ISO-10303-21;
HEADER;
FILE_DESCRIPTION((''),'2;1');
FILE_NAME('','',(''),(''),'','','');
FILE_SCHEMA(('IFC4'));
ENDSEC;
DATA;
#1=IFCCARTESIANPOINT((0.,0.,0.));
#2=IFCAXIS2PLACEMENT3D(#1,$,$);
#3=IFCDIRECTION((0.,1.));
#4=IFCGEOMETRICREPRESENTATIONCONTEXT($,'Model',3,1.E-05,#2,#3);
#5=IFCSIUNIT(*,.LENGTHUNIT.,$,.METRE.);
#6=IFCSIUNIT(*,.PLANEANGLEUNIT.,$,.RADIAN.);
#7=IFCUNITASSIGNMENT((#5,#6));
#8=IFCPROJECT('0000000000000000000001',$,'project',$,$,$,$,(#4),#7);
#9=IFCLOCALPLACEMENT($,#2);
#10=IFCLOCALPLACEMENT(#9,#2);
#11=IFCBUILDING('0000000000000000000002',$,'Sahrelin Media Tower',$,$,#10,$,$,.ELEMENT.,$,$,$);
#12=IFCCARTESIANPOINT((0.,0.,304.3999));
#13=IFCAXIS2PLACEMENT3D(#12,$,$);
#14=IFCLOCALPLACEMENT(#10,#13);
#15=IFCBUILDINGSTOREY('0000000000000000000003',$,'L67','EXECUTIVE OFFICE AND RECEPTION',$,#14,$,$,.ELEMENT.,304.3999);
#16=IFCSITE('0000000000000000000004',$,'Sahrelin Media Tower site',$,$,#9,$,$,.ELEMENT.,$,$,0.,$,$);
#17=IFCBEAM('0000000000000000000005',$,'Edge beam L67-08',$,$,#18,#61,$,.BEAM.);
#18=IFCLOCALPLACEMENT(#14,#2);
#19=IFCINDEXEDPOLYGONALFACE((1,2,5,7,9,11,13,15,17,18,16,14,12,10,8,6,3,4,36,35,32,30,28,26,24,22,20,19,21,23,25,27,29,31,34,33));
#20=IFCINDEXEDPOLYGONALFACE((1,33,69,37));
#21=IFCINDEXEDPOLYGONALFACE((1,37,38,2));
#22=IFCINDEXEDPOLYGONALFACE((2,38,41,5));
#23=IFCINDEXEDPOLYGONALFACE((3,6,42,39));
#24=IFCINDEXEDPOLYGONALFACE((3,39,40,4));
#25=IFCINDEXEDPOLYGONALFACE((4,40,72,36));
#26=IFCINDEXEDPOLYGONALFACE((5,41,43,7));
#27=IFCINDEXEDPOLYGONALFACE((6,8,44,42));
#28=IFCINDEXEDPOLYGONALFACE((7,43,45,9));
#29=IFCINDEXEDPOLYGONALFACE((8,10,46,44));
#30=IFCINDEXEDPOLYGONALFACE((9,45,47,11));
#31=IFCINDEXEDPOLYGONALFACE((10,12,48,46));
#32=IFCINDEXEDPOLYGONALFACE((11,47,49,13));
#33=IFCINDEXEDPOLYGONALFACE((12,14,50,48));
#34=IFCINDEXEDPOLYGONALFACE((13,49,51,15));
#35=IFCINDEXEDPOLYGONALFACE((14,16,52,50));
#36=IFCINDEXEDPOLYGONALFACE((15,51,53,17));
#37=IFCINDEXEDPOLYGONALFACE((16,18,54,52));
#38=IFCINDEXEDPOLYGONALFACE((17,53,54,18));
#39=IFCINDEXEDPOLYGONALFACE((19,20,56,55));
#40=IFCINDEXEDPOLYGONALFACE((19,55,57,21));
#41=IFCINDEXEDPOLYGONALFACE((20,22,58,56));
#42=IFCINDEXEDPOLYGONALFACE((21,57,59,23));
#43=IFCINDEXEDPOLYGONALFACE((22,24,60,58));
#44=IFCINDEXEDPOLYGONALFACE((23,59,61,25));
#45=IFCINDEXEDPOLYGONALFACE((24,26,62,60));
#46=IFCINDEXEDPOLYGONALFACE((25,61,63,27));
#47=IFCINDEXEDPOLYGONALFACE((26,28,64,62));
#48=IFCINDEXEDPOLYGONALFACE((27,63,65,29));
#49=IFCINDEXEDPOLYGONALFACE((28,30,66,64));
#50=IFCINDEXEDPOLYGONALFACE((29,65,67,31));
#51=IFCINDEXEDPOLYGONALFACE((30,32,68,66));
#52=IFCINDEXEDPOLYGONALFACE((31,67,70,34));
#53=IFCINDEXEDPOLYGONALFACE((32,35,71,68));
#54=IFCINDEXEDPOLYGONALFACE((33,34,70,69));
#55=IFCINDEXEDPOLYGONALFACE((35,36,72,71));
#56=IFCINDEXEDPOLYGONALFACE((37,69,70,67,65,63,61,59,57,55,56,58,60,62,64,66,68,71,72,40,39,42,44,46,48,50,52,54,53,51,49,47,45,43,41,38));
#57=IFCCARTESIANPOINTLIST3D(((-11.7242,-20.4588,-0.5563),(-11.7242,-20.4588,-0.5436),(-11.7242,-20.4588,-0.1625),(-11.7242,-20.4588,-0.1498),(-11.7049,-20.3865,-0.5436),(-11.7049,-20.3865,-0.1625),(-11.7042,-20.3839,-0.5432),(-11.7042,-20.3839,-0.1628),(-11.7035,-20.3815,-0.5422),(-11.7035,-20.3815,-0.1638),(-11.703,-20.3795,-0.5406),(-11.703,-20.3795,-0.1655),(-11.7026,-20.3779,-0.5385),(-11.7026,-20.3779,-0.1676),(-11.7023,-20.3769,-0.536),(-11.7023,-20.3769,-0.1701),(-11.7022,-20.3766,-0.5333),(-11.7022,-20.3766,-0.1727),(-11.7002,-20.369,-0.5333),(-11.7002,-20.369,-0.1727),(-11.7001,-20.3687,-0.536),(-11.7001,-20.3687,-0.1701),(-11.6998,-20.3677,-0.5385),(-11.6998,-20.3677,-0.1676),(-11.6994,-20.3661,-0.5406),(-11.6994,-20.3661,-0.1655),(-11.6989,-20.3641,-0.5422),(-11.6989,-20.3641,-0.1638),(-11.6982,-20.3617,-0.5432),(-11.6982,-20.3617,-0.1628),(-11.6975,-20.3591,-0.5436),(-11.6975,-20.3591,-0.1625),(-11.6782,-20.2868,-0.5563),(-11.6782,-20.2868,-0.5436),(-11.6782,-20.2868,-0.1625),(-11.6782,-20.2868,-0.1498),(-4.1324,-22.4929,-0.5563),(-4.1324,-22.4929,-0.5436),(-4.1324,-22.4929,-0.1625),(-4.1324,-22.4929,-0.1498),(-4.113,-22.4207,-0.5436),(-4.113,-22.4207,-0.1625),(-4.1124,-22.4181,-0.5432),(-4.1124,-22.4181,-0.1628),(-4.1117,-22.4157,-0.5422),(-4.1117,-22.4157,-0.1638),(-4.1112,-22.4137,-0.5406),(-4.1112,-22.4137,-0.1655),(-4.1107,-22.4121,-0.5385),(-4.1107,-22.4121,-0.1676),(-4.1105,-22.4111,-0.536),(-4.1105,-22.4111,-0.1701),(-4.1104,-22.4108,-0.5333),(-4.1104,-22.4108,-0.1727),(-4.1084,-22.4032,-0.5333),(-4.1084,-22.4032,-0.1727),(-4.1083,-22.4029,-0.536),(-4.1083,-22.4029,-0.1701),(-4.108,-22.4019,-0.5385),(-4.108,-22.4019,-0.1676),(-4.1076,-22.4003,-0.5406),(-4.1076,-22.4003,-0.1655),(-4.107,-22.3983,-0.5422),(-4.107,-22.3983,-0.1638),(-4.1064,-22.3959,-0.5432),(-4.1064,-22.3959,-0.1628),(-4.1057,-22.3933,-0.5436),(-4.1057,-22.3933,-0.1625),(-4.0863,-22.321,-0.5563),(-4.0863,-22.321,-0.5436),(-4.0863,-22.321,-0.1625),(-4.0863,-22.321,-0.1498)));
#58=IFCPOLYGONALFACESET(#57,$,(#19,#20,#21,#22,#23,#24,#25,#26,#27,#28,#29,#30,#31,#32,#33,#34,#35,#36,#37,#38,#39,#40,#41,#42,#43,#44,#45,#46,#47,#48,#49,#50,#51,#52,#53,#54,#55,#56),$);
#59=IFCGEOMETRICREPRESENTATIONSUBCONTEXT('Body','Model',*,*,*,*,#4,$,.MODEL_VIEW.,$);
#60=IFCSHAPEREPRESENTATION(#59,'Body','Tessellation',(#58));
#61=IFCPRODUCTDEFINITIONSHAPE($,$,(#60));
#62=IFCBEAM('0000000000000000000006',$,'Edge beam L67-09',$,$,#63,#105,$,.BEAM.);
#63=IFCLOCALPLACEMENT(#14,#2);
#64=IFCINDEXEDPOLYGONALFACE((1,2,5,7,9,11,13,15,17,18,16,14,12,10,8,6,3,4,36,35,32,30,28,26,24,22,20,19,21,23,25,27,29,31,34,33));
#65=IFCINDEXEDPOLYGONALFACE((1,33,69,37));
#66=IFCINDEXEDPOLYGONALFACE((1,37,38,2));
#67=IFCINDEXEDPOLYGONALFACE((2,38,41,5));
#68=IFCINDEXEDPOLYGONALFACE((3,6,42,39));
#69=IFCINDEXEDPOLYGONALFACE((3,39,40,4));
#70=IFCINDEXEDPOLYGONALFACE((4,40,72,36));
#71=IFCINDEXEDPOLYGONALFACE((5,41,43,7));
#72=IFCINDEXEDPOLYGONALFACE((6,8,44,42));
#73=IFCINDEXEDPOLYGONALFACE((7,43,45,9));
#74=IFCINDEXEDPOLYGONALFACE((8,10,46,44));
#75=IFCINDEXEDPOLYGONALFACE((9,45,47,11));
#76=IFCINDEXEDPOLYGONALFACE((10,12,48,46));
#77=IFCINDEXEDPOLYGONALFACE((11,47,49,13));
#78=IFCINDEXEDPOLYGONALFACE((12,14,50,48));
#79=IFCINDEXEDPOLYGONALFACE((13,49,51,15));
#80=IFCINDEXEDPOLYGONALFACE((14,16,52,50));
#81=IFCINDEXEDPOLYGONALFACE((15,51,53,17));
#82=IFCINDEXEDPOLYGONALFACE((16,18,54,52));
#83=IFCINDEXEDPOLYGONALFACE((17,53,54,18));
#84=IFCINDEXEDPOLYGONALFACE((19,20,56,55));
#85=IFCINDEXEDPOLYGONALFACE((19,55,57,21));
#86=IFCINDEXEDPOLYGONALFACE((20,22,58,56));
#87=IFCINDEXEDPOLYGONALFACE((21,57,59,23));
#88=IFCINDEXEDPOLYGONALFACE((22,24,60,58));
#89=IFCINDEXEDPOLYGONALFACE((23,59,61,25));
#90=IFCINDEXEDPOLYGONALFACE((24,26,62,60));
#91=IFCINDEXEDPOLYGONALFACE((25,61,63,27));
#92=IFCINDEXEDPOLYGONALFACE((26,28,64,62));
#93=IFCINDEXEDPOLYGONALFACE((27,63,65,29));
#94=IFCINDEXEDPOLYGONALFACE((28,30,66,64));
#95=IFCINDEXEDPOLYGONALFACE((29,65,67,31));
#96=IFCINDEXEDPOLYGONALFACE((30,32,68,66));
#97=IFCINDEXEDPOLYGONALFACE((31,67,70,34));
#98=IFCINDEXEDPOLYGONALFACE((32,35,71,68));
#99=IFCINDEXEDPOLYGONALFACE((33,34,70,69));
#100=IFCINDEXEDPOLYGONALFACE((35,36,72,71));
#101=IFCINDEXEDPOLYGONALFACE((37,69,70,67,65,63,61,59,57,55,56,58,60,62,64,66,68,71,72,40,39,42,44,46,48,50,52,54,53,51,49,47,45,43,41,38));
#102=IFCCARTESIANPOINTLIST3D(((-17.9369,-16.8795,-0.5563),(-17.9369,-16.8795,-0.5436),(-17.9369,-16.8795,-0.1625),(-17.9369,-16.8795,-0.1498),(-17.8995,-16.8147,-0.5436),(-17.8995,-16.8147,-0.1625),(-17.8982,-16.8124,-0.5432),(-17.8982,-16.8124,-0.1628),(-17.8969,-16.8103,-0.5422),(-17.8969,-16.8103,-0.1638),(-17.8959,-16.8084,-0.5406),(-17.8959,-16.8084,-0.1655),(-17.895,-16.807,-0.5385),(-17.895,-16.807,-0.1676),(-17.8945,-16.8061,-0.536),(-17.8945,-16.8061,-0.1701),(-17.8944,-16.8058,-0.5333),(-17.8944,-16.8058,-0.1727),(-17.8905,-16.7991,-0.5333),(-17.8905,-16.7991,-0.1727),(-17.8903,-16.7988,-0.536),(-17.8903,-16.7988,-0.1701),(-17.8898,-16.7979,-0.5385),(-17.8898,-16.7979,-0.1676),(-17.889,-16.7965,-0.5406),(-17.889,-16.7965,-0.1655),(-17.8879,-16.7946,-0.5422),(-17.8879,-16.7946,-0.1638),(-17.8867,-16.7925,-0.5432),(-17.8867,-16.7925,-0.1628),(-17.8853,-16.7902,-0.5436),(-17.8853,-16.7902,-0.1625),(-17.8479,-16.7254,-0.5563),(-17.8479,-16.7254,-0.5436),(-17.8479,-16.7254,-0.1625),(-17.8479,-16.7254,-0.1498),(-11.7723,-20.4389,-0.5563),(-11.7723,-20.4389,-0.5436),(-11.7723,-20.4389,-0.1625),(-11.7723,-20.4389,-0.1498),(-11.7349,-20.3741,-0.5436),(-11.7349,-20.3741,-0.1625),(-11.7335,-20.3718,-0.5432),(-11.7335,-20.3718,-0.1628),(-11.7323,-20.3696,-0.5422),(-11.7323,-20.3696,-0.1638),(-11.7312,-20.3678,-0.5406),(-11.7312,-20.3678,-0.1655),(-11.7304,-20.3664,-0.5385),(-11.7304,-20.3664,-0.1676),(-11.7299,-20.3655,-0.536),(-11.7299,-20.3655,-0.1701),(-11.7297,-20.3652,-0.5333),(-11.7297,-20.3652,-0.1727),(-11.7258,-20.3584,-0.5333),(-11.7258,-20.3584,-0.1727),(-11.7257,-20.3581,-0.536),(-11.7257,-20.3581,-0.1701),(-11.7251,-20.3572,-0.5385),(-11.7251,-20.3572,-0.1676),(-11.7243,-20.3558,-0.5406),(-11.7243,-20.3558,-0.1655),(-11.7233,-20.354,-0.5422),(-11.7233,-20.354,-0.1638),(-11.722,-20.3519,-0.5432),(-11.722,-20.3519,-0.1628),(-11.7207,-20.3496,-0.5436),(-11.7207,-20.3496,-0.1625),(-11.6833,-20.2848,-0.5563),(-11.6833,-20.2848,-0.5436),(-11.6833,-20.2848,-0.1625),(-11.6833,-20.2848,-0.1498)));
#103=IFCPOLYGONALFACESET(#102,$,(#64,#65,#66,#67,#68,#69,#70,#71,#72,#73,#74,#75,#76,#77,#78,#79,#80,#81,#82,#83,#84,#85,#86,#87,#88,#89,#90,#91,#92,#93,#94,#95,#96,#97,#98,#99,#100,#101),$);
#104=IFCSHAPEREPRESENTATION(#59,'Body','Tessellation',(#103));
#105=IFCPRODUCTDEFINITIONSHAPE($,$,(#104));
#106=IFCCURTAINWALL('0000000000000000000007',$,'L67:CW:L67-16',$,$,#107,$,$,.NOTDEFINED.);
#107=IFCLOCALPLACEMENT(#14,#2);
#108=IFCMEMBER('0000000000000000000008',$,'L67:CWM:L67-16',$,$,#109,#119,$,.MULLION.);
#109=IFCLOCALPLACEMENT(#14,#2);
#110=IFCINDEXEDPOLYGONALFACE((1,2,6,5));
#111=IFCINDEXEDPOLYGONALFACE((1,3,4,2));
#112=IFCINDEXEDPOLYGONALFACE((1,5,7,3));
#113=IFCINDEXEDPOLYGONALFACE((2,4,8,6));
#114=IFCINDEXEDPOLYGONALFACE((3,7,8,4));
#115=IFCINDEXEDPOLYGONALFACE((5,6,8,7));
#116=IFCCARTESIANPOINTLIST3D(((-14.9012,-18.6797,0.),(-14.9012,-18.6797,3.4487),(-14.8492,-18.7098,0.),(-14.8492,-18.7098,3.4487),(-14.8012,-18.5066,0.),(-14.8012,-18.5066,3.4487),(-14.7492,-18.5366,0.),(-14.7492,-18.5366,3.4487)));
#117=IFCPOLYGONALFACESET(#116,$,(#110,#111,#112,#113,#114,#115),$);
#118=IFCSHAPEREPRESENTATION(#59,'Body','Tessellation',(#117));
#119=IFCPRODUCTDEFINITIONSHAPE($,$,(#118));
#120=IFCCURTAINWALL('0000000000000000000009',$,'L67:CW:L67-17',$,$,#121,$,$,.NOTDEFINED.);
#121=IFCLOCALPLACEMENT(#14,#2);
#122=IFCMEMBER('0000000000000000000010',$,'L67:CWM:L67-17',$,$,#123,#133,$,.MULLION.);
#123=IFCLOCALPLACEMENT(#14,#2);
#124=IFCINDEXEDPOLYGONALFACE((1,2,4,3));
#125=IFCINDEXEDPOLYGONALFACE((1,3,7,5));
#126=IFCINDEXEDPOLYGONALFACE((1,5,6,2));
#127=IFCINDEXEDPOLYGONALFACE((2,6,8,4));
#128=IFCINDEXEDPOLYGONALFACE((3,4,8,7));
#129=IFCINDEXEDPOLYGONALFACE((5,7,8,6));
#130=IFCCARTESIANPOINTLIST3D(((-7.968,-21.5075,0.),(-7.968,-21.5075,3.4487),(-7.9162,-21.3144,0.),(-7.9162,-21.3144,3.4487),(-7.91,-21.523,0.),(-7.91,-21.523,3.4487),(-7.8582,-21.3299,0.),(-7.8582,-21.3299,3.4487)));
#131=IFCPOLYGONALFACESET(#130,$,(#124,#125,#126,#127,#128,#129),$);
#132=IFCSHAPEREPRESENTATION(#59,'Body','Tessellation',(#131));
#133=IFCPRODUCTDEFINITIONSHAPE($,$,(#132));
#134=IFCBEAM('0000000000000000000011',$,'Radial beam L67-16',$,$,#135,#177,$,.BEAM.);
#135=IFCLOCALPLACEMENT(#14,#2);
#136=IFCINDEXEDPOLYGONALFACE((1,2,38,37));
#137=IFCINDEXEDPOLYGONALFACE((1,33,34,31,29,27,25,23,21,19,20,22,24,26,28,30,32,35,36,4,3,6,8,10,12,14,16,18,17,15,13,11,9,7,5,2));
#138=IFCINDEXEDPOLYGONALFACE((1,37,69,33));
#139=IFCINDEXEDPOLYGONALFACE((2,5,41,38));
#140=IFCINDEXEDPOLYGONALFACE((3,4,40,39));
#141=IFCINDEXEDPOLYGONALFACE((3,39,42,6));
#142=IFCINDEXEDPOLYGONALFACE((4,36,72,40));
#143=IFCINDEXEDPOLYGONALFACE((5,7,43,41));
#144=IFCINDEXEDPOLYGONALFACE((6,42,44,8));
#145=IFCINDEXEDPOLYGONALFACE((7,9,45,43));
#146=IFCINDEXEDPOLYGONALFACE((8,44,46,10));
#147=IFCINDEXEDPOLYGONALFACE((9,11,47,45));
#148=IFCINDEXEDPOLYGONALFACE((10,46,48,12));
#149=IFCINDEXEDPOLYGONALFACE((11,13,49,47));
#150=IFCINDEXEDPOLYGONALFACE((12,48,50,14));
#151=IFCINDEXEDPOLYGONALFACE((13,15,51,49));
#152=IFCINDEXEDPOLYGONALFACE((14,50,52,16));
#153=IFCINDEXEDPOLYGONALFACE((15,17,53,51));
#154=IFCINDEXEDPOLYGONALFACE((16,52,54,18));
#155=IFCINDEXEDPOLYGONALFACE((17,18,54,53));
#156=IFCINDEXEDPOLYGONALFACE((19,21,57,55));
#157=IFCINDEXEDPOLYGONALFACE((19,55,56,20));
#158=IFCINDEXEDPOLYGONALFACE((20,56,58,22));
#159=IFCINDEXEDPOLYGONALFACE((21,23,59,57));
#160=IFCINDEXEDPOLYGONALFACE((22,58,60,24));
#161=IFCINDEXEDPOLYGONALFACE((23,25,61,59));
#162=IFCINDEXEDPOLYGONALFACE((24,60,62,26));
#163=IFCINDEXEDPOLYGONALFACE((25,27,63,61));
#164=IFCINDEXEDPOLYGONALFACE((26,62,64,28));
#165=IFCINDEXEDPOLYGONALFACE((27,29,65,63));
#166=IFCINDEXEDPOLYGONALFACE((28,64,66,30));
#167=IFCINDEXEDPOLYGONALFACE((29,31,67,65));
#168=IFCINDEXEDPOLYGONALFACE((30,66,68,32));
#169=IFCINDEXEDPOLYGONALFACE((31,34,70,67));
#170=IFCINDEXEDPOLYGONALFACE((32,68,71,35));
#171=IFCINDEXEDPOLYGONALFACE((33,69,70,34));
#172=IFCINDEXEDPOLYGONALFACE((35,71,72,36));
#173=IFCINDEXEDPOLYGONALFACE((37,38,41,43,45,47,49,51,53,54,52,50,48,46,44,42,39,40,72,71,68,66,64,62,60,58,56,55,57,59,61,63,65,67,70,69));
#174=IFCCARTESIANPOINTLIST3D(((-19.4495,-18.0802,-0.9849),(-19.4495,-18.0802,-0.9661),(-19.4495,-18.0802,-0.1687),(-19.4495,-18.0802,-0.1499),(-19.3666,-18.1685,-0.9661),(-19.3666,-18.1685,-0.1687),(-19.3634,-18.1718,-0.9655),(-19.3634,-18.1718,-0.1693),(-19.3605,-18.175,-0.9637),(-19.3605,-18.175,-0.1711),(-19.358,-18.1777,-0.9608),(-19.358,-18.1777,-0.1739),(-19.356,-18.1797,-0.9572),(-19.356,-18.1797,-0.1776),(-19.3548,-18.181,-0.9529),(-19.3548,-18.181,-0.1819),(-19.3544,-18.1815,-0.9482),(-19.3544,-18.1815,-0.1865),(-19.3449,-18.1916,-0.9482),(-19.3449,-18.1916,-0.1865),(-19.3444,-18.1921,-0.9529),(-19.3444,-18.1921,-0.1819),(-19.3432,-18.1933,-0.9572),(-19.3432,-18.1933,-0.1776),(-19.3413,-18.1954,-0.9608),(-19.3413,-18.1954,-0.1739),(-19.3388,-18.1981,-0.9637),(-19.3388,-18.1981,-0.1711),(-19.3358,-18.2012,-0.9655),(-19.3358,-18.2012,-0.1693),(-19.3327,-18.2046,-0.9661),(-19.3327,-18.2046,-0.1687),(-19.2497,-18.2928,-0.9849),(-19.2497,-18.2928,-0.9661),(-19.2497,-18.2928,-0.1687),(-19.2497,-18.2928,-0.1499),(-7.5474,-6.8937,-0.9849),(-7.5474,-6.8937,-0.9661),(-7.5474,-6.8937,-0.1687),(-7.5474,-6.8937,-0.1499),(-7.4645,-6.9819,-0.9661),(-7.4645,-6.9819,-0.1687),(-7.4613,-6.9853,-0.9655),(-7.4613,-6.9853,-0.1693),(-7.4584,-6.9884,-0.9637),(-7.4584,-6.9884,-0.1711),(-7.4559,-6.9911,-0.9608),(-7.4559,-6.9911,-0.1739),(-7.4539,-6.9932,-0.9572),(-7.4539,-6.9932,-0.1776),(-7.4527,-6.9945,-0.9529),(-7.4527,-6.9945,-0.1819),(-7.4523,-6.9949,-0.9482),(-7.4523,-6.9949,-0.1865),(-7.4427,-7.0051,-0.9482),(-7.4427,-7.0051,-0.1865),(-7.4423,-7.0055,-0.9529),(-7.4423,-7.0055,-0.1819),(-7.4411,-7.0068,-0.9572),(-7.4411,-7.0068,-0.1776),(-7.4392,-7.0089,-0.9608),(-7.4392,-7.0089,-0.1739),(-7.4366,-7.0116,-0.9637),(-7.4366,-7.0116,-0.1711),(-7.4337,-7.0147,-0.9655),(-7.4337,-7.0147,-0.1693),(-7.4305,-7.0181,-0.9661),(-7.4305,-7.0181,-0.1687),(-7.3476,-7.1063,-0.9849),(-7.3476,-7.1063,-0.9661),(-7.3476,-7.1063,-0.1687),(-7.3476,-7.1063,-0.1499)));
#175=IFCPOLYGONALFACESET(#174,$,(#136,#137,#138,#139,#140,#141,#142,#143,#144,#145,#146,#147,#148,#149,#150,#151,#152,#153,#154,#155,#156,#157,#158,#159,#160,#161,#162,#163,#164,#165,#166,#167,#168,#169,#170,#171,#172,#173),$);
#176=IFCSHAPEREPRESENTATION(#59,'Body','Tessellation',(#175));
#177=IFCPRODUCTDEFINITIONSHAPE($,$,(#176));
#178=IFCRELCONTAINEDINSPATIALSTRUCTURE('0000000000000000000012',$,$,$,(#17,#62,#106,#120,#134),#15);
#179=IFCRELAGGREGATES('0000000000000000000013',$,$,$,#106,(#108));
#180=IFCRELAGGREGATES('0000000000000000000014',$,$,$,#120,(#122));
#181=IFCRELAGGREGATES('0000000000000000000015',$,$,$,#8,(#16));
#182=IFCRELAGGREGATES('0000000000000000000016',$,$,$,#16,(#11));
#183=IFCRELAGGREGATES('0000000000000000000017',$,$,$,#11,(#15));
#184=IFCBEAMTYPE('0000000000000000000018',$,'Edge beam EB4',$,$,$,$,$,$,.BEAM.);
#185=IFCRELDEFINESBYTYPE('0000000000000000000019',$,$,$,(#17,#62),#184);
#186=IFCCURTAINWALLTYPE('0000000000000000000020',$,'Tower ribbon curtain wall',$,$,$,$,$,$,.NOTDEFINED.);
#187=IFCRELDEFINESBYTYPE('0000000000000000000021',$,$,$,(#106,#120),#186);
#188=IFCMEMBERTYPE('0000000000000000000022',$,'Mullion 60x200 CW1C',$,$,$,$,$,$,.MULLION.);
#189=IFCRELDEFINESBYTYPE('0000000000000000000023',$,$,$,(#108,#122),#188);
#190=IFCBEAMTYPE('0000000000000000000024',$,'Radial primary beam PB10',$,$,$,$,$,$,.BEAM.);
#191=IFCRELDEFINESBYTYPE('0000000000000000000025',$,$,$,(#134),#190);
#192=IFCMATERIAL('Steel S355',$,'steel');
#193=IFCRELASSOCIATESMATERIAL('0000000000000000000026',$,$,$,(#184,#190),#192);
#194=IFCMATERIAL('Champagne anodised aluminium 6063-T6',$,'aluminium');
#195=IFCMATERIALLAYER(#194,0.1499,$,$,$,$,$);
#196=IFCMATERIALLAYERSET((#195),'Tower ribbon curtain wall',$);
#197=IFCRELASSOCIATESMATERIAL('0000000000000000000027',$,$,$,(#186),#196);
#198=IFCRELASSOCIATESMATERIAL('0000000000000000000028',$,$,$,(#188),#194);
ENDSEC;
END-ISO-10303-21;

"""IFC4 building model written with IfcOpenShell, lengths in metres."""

from ifc_helpers import new_model, si_unit, direction, frame, origin, origin_2d, place, context, subcontext, project, spatial, rectangle, i_section, extrude, material, layer, layer_set, material_profile, profile_set, type_object, element, aggregate, save


model = new_model("IFC4")

# Units and contexts
model_context = context("Model", 3, precision=1e-05, world=origin(), true_north=direction((0.0, 1.0)))
body_context = subcontext(model_context, "Body", "Model", "MODEL_VIEW")
ifc_project = project(units=[si_unit("LENGTHUNIT", "METRE"), si_unit("PLANEANGLEUNIT", "RADIAN")], contexts=[model_context])

# Site, building, storey
site_placement = place(None, origin())
site = spatial("IfcSite", under=ifc_project, at=site_placement, Name="Sahrelin Media Tower site", CompositionType="ELEMENT", RefElevation=0.0)
building_placement = place(site_placement, origin())
building = spatial("IfcBuilding", under=site, at=building_placement, Name="Sahrelin Media Tower", CompositionType="ELEMENT")
storey_placement = place(building_placement, frame((0.0, 0.0, 304.3999)))
storey = spatial("IfcBuildingStorey", under=building, at=storey_placement, Name="L67", Description="EXECUTIVE OFFICE AND RECEPTION", CompositionType="ELEMENT", Elevation=304.3999)

# Beams
ifc_material_1 = material(Name="Steel S355", Category="steel")
ifc_material_profile_1 = material_profile(ifc_material_1, i_section(OverallWidth=0.178, OverallDepth=0.4065, WebThickness=0.0078, FlangeThickness=0.0127, FilletRadius=0.0103, at=origin_2d()), Name="UB 406x178x60")
ifc_profile_set_1 = profile_set([ifc_material_profile_1], Name="Steel S355")
beam_type_1 = type_object("IfcBeamType", Name="Edge beam EB4", PredefinedType="BEAM", material=ifc_profile_set_1)
beam_1_placement = place(storey_placement, frame((-4.1094, -22.407, -0.353), z_axis=(-0.965927, 0.258815, 0.0), x_axis=(-0.258815, -0.965927, 0.0)))
element("IfcBeam", 1, at=beam_1_placement, inside=storey, type_object=beam_type_1, Name="Edge beam L67-08", PredefinedType="BEAM", context=body_context, shape_type="SweptSolid", body=[
    extrude(i_section(OverallWidth=0.178, OverallDepth=0.4065, WebThickness=0.0078, FlangeThickness=0.0127, FilletRadius=0.0103, at=origin_2d()), origin(), (0.0, 0.0, 1.0), 7.8596),
])
beam_2_placement = place(storey_placement, frame((-11.7278, -20.3618, -0.353), z_axis=(-0.866012, 0.500023, 0.0), x_axis=(-0.500023, -0.866012, 0.0)))
element("IfcBeam", 2, at=beam_2_placement, inside=storey, type_object=beam_type_1, Name="Edge beam L67-09", PredefinedType="BEAM", context=body_context, shape_type="SweptSolid", body=[
    extrude(i_section(OverallWidth=0.178, OverallDepth=0.4065, WebThickness=0.0078, FlangeThickness=0.0127, FilletRadius=0.0103, at=origin_2d()), origin(), (0.0, 0.0, 1.0), 7.1184),
])

# Curtain walls, members
ifc_material_2 = material(Name="Champagne anodised aluminium 6063-T6", Category="aluminium")
ifc_layer_1 = layer(ifc_material_2, 0.1499)
ifc_layer_set_1 = layer_set([ifc_layer_1], Name="Tower ribbon curtain wall")
curtain_wall_type = type_object("IfcCurtainWallType", Name="Tower ribbon curtain wall", PredefinedType="NOTDEFINED", material=ifc_layer_set_1)
curtain_wall_1_placement = place(storey_placement, frame((-14.885, -18.7122, 0.0), z_axis=(0.0, 0.0, 1.0), x_axis=(1.0, 0.0, 0.0)))
curtain_wall_1 = element("IfcCurtainWall", 3, at=curtain_wall_1_placement, inside=storey, type_object=curtain_wall_type, Name="L67:CW:L67-16", PredefinedType="NOTDEFINED")
ifc_material_profile_2 = material_profile(ifc_material_2, rectangle(XDim=0.0601, YDim=0.2, at=origin_2d()), Name="Mullion 60x200")
ifc_profile_set_2 = profile_set([ifc_material_profile_2], Name="Champagne anodised aluminium 6063-T6")
member_type_1 = type_object("IfcMemberType", Name="Mullion 60x200 CW1C", PredefinedType="MULLION", material=ifc_profile_set_2)
member_1_placement = place(storey_placement, frame((-14.8252, -18.6082, 0.0), z_axis=(0.0, 0.0, 1.0), x_axis=(0.86603, -0.499992, 0.0)))
member_1 = element("IfcMember", 4, at=member_1_placement, type_object=member_type_1, Name="L67:CWM:L67-16", PredefinedType="MULLION", context=body_context, shape_type="SweptSolid", body=[
    extrude(rectangle(XDim=0.0601, YDim=0.2, at=origin_2d()), origin(), (0.0, 0.0, 1.0), 3.4487),
])
aggregate(curtain_wall_1, [member_1])
curtain_wall_2_placement = place(storey_placement, frame((-7.9441, -21.5347, 0.0), z_axis=(0.0, 0.0, 1.0), x_axis=(1.0, 0.0, 0.0)))
curtain_wall_2 = element("IfcCurtainWall", 5, at=curtain_wall_2_placement, inside=storey, type_object=curtain_wall_type, Name="L67:CW:L67-17", PredefinedType="NOTDEFINED")
member_2_placement = place(storey_placement, frame((-7.9131, -21.4187, 0.0), z_axis=(0.0, 0.0, 1.0), x_axis=(0.965925, -0.258821, 0.0)))
member_2 = element("IfcMember", 6, at=member_2_placement, type_object=member_type_1, Name="L67:CWM:L67-17", PredefinedType="MULLION", context=body_context, shape_type="SweptSolid", body=[
    extrude(rectangle(XDim=0.0601, YDim=0.2, at=origin_2d()), origin(), (0.0, 0.0, 1.0), 3.4487),
])

# Beam
ifc_material_profile_3 = material_profile(ifc_material_1, i_section(OverallWidth=0.2917, OverallDepth=0.835, WebThickness=0.0139, FlangeThickness=0.0188, FilletRadius=0.0178, at=origin_2d()), Name="UB 838x292x176")
ifc_profile_set_3 = profile_set([ifc_material_profile_3], Name="Steel S355")
beam_type_2 = type_object("IfcBeamType", Name="Radial primary beam PB10", PredefinedType="BEAM", material=ifc_profile_set_3)
beam_3_placement = place(storey_placement, frame((-7.4475, -7.0, -0.5674), z_axis=(-0.728672, -0.684863, 0.0), x_axis=(0.684863, -0.728672, 0.0)))
element("IfcBeam", 7, at=beam_3_placement, inside=storey, type_object=beam_type_2, Name="Radial beam L67-16", PredefinedType="BEAM", context=body_context, shape_type="SweptSolid", body=[
    extrude(i_section(OverallWidth=0.2917, OverallDepth=0.835, WebThickness=0.0139, FlangeThickness=0.0188, FilletRadius=0.0178, at=origin_2d()), origin(), (0.0, 0.0, 1.0), 16.334),
])

aggregate(curtain_wall_2, [member_2])

save(model, "model.ifc")
